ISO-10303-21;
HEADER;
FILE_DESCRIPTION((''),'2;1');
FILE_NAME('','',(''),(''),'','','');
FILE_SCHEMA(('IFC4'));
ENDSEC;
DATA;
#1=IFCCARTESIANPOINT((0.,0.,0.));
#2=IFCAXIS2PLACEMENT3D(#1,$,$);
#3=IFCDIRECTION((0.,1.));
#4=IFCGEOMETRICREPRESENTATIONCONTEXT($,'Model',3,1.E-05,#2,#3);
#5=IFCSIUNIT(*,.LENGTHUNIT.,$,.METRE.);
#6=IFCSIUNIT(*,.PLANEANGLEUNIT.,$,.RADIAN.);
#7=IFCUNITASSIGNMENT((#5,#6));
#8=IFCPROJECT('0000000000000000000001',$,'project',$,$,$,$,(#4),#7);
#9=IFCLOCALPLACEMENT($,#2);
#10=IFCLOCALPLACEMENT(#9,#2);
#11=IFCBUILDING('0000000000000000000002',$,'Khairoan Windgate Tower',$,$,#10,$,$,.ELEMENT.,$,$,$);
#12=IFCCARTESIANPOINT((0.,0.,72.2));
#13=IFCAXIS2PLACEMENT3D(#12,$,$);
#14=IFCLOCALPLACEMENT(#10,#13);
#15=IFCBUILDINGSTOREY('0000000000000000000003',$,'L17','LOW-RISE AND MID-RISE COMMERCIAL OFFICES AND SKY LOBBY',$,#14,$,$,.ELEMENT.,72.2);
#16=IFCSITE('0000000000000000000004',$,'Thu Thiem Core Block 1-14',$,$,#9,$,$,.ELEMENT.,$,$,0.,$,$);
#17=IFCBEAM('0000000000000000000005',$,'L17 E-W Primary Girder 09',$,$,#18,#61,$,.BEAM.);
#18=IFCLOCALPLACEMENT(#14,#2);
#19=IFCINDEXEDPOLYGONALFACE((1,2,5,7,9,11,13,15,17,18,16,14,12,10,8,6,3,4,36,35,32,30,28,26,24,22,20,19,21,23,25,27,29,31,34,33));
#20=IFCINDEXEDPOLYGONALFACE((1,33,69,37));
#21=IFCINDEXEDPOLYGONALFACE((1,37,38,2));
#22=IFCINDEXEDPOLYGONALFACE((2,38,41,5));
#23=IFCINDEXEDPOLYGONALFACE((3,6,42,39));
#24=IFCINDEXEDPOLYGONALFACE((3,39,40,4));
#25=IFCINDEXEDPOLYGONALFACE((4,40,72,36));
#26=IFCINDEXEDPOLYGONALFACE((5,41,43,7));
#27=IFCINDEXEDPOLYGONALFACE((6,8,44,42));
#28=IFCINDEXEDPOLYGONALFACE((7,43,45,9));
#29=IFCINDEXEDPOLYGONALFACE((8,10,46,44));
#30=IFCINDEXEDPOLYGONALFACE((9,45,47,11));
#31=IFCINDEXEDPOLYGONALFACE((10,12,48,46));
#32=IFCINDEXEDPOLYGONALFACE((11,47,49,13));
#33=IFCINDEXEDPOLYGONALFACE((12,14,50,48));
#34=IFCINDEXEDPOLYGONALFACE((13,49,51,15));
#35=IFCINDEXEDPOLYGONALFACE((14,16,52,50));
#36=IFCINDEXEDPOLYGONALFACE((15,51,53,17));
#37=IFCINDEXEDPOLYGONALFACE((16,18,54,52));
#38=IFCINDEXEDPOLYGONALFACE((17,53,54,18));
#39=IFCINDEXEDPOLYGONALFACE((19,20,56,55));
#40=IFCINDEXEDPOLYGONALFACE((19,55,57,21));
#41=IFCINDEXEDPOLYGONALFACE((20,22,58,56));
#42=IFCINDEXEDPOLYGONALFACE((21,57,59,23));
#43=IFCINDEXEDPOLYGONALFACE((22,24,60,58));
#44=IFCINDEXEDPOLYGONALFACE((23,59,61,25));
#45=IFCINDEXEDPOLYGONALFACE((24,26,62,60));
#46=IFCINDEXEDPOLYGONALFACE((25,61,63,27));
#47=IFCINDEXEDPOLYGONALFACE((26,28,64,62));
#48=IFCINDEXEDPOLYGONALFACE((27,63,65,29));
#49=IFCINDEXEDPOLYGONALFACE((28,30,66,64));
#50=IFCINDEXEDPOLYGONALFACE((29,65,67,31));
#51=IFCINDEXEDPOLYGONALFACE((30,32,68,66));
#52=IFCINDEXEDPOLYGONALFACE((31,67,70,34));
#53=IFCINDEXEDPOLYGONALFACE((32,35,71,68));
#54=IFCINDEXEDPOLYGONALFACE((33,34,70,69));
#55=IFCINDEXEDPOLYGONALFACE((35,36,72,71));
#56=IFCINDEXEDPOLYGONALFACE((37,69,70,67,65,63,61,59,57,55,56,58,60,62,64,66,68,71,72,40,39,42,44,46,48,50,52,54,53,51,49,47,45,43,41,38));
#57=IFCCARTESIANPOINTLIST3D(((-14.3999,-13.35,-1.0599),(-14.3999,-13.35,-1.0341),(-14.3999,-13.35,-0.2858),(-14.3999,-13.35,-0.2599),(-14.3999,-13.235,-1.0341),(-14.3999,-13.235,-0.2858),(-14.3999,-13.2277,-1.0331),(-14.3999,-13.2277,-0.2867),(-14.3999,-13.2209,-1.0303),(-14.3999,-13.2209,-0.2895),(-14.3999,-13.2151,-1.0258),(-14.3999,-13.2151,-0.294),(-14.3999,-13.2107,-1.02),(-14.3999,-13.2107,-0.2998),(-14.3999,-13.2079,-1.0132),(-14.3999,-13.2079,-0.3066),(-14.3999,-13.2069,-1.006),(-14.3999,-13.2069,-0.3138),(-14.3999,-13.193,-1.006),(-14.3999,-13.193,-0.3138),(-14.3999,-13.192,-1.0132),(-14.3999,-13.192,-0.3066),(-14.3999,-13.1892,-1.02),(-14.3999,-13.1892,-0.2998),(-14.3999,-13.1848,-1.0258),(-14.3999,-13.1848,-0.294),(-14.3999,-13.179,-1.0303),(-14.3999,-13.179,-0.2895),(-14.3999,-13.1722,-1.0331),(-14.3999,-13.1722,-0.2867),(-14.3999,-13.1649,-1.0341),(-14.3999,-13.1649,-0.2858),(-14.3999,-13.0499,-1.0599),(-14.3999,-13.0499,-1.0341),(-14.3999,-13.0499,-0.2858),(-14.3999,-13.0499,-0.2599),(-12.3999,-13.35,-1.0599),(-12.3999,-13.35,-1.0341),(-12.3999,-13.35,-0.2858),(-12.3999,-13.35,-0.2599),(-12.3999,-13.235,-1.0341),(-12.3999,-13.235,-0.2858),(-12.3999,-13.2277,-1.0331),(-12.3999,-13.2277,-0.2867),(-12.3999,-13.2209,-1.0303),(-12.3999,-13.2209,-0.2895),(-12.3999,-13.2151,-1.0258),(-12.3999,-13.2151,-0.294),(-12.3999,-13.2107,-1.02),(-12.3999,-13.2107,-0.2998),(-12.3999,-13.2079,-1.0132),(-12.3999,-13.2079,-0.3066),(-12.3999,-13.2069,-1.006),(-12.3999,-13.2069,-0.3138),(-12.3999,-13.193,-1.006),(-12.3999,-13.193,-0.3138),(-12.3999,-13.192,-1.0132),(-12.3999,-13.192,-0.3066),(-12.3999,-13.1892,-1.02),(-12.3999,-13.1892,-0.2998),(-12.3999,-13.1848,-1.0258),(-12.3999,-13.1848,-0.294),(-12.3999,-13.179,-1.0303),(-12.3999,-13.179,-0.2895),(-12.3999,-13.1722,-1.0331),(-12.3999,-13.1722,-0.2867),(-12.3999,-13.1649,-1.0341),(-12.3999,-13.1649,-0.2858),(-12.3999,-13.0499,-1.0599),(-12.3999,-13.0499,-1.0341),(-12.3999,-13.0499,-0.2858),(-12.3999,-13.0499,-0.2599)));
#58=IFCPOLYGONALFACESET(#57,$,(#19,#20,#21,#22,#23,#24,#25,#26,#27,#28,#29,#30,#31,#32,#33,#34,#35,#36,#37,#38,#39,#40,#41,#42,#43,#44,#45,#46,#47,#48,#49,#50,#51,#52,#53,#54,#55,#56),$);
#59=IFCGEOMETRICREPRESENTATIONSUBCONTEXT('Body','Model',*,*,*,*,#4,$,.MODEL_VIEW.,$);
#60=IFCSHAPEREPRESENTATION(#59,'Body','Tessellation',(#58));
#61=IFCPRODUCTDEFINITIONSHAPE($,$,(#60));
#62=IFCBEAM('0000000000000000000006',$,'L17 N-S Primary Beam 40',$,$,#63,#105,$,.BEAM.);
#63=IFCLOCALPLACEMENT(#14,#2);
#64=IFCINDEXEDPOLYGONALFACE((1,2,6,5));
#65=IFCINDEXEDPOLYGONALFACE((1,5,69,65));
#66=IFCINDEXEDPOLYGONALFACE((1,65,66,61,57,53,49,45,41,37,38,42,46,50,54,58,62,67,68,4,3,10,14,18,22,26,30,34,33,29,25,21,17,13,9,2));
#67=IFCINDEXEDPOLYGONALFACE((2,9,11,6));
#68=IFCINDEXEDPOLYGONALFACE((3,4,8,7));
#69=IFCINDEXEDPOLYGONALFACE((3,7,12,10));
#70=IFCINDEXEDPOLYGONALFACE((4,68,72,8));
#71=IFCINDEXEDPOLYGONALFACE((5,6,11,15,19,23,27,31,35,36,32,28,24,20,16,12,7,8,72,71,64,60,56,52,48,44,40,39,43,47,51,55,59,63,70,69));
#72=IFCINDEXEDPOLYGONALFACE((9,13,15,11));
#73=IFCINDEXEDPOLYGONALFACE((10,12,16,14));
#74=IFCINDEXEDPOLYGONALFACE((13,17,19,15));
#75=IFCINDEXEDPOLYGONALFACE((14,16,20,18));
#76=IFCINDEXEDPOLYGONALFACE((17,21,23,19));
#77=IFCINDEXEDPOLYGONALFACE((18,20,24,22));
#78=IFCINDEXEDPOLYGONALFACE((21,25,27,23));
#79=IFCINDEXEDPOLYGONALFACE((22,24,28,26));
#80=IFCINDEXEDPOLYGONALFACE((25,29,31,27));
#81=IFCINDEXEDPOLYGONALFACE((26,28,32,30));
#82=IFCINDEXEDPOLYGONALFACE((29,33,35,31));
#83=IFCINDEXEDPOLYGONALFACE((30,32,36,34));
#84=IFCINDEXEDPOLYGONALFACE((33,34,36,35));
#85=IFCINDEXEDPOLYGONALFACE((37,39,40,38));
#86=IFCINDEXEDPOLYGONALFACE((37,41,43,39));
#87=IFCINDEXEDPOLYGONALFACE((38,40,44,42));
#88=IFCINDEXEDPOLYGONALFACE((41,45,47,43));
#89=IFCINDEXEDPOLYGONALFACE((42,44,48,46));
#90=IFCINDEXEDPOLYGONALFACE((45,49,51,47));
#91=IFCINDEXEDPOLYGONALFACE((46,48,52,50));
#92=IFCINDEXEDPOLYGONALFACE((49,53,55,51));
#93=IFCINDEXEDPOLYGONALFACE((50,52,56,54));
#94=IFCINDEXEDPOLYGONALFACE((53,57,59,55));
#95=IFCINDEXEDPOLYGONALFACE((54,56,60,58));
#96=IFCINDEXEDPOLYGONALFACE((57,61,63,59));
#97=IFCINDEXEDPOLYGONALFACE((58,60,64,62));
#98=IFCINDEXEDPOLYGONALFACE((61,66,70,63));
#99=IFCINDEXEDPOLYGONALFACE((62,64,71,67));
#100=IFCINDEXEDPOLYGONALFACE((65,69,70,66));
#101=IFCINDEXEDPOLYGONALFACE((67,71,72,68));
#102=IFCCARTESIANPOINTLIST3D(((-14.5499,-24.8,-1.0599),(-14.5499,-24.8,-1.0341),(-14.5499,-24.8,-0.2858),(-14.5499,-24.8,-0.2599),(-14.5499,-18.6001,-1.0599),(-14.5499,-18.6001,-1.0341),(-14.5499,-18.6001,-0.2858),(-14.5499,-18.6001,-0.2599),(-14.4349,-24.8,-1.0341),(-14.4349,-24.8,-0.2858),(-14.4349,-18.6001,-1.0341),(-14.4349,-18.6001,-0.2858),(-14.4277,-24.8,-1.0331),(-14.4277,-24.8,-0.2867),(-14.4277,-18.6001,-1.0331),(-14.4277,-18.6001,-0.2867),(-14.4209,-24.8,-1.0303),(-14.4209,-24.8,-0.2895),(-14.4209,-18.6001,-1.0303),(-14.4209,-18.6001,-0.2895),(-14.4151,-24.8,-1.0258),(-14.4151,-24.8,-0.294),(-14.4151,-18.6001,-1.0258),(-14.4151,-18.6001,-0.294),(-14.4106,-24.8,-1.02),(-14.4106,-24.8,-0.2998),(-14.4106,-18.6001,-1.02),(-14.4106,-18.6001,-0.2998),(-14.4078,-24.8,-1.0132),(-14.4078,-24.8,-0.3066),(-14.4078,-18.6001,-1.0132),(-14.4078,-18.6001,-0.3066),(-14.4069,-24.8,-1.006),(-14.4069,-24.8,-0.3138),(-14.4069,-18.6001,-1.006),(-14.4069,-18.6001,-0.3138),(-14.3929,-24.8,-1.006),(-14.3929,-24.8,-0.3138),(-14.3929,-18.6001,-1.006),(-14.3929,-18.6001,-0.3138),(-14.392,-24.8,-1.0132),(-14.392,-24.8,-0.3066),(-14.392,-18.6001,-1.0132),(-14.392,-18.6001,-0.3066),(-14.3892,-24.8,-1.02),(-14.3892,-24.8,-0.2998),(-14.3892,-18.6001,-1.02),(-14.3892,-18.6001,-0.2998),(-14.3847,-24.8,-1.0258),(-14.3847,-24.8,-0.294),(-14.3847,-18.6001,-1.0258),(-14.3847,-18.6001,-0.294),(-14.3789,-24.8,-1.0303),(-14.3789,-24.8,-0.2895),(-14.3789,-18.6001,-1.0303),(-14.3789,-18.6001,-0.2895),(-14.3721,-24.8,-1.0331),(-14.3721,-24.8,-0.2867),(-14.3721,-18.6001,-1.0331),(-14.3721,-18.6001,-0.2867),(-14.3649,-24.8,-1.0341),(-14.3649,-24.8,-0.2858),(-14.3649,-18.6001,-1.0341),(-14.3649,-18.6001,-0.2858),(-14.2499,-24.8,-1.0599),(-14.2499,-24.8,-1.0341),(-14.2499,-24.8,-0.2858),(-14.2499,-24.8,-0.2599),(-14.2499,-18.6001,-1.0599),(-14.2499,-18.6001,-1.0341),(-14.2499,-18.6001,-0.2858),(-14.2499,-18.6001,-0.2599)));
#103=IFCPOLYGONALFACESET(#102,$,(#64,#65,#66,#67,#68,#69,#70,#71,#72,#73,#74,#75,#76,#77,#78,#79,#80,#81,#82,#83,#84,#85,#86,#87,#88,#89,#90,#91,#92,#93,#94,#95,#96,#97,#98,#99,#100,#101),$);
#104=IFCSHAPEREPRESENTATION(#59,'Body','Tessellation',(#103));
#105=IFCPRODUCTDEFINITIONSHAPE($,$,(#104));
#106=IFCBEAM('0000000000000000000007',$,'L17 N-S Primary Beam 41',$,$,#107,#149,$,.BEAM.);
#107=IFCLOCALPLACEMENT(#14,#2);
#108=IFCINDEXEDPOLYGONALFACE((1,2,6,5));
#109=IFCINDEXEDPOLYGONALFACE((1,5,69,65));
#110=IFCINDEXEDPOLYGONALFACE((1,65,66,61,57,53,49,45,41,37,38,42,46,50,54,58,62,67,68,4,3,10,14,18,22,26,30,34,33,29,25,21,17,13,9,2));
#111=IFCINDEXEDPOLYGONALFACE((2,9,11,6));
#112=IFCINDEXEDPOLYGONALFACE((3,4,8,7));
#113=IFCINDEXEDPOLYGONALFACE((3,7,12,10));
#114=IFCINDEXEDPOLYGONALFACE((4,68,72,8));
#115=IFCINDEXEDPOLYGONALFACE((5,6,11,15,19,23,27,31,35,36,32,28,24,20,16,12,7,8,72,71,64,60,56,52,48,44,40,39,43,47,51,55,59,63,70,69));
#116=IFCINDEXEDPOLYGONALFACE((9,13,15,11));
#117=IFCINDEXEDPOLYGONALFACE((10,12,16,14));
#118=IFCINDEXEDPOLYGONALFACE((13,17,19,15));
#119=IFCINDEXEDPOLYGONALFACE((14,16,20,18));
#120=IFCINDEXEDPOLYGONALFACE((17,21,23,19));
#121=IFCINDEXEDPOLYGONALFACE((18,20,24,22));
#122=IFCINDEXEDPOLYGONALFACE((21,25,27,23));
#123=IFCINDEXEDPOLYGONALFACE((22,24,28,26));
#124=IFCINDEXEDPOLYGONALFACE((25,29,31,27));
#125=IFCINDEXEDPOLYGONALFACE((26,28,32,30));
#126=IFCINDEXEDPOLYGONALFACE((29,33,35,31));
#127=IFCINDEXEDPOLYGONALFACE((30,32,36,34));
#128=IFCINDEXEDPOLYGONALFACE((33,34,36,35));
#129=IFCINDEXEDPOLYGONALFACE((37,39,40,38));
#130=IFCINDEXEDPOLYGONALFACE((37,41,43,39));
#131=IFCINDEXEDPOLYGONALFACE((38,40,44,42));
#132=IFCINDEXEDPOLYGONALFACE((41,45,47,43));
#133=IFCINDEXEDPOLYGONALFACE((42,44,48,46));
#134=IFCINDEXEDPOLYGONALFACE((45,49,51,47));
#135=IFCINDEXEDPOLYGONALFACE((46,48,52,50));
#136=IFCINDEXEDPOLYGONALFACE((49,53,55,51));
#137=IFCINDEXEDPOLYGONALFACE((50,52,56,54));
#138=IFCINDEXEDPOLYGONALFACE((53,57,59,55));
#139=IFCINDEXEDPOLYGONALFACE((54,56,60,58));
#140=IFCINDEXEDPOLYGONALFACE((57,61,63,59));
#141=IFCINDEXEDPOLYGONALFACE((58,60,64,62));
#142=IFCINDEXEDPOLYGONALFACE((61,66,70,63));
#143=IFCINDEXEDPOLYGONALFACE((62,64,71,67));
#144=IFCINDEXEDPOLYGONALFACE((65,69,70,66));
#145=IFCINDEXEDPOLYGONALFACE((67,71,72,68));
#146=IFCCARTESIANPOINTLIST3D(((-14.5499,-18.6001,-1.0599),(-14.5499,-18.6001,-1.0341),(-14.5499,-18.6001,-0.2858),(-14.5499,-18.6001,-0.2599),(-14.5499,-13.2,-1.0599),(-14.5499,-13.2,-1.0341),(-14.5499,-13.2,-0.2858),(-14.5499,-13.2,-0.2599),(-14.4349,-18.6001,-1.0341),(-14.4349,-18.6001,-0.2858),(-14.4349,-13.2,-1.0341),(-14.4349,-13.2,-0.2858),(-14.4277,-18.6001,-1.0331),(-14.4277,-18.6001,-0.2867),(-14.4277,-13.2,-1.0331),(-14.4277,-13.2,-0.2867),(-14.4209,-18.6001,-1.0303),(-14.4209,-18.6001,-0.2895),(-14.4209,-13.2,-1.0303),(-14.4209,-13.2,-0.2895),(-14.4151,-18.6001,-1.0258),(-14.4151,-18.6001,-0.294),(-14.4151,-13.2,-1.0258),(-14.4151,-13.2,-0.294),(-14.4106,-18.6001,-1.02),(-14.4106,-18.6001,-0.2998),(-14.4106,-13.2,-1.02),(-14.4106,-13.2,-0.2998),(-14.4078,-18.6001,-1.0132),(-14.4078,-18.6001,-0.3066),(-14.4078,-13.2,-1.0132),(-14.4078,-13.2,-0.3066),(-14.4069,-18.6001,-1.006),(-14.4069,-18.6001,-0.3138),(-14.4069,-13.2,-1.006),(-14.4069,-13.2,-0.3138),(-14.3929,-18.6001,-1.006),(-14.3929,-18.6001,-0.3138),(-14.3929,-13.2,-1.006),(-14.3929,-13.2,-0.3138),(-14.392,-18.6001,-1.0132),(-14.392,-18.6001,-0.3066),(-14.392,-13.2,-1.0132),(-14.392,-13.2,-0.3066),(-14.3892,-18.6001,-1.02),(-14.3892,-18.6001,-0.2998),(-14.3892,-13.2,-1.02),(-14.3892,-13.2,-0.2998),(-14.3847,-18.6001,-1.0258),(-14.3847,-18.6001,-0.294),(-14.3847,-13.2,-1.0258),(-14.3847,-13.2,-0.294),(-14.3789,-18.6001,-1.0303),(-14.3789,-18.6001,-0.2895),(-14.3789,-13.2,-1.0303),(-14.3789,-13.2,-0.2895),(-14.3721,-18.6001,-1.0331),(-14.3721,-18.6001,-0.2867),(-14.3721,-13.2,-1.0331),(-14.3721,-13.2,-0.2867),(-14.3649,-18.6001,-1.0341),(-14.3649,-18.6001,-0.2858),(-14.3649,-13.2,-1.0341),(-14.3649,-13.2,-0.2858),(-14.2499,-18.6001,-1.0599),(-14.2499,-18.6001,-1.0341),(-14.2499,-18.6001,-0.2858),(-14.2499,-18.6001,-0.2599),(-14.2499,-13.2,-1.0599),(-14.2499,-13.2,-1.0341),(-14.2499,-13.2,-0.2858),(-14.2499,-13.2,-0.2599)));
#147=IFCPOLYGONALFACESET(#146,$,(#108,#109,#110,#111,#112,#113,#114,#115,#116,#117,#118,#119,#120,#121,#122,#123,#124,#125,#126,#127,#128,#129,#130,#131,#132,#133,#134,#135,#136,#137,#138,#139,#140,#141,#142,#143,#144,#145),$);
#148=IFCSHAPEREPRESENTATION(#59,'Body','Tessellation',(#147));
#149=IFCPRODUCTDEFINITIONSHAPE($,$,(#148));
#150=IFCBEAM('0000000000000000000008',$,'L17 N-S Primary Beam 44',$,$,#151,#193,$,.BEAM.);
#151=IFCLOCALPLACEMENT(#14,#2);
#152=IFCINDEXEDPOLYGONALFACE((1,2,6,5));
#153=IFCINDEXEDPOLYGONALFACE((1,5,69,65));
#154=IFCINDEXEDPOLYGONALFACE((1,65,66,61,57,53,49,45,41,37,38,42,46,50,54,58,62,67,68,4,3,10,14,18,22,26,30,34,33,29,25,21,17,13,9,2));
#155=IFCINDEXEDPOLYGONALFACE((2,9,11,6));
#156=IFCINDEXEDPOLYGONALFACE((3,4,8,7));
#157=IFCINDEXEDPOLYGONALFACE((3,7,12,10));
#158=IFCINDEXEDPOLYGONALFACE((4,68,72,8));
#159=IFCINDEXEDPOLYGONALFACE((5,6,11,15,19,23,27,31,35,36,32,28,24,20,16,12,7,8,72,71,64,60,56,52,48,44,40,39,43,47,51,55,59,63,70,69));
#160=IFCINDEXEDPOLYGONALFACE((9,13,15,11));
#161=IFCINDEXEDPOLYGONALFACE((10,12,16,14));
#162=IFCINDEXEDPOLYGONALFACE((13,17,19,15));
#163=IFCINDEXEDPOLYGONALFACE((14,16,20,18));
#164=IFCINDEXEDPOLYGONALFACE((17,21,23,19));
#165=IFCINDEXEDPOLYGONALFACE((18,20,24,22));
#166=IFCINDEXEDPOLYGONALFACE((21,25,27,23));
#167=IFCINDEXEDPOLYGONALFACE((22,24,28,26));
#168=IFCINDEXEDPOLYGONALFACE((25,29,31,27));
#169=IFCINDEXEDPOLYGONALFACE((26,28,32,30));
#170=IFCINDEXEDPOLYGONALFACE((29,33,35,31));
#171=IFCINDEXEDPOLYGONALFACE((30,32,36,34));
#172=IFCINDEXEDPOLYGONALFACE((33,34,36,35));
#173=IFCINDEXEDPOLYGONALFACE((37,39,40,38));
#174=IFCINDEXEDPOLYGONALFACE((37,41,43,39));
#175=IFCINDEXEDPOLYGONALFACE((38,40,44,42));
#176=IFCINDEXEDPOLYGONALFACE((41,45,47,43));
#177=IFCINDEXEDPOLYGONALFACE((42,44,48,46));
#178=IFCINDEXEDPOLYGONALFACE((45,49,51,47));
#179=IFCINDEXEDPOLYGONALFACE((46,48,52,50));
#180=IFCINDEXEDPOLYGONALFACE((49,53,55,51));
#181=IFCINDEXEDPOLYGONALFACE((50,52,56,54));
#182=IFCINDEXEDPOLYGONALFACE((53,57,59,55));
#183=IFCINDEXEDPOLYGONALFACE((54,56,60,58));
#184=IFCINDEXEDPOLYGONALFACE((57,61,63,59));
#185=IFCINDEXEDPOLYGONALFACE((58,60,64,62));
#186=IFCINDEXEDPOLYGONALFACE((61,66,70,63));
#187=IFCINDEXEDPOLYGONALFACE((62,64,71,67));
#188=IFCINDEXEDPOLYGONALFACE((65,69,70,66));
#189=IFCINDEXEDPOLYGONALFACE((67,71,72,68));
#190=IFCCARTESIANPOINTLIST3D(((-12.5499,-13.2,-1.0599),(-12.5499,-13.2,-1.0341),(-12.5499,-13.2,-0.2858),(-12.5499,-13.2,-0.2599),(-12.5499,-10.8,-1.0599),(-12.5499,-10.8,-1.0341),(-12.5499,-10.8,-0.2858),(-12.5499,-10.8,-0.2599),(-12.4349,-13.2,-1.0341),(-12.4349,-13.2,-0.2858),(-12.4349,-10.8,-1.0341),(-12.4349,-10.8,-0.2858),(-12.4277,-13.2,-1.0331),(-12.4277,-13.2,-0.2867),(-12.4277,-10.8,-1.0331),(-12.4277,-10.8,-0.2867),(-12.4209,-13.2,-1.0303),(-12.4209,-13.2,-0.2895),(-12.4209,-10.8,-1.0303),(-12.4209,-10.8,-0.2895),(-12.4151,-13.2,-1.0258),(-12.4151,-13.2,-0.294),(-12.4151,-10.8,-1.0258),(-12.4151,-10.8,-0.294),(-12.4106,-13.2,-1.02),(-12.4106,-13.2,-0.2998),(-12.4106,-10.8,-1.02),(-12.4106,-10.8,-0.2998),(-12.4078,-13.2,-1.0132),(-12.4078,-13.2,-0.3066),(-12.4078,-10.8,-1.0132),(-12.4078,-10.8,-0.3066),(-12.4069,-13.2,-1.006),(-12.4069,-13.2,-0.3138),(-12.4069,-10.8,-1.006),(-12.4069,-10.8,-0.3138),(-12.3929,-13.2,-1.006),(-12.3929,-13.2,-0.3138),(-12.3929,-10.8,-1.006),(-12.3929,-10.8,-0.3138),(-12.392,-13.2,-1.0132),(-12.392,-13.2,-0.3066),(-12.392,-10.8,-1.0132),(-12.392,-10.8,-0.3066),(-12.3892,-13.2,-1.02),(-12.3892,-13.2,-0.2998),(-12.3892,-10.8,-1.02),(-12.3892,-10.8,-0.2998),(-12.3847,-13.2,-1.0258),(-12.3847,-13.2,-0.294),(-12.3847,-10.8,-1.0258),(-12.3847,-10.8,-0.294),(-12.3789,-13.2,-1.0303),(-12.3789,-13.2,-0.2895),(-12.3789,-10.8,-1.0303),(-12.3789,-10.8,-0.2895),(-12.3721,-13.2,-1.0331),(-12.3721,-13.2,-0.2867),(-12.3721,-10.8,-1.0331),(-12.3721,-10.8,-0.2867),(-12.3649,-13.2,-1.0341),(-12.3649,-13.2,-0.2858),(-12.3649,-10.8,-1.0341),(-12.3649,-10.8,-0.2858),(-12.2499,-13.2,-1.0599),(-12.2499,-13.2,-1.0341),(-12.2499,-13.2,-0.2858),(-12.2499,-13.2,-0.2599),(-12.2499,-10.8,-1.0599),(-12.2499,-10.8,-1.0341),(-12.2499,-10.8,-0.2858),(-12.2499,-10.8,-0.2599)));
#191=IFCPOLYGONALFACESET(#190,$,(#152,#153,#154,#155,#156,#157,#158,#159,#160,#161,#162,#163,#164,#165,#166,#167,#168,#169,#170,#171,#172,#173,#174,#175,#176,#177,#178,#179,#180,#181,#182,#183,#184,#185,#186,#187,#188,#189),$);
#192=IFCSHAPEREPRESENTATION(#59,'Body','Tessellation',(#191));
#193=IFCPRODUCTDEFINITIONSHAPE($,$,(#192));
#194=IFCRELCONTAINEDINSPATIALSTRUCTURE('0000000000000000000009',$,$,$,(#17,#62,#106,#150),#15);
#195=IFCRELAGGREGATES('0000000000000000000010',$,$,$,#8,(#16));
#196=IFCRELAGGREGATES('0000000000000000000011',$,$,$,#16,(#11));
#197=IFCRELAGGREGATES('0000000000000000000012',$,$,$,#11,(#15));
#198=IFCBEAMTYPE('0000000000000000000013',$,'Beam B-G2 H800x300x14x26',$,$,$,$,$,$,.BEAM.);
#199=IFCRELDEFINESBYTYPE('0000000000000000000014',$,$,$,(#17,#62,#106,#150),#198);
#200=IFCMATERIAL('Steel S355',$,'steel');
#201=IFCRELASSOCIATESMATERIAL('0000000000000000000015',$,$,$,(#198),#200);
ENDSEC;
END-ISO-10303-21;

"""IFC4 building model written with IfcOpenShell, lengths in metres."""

from ifc_helpers import new_model, si_unit, direction, frame, origin, origin_2d, place, context, subcontext, project, spatial, i_section, extrude, material, material_profile, profile_set, type_object, element, save


model = new_model("IFC4")

# Units and contexts
model_context = context("Model", 3, precision=1e-05, world=origin(), true_north=direction((0.0, 1.0)))
body_context = subcontext(model_context, "Body", "Model", "MODEL_VIEW")
ifc_project = project(units=[si_unit("LENGTHUNIT", "METRE"), si_unit("PLANEANGLEUNIT", "RADIAN")], contexts=[model_context])

# Site, building, storey
site_placement = place(None, origin())
site = spatial("IfcSite", under=ifc_project, at=site_placement, Name="Thu Thiem Core Block 1-14", CompositionType="ELEMENT", RefElevation=0.0)
building_placement = place(site_placement, origin())
building = spatial("IfcBuilding", under=site, at=building_placement, Name="Khairoan Windgate Tower", CompositionType="ELEMENT")
storey_placement = place(building_placement, frame((0.0, 0.0, 72.2)))
storey = spatial("IfcBuildingStorey", under=building, at=storey_placement, Name="L17", Description="LOW-RISE AND MID-RISE COMMERCIAL OFFICES AND SKY LOBBY", CompositionType="ELEMENT", Elevation=72.2)

# Beams
ifc_material_1 = material(Name="Steel S355", Category="steel")
ifc_material_profile_1 = material_profile(ifc_material_1, i_section(OverallWidth=0.3, OverallDepth=0.8, WebThickness=0.0139, FlangeThickness=0.0259, FilletRadius=0.0281, at=origin_2d()))
ifc_profile_set_1 = profile_set([ifc_material_profile_1], Name="Steel S355")
beam_type_1 = type_object("IfcBeamType", Name="Beam B-G2 H800x300x14x26", PredefinedType="BEAM", material=ifc_profile_set_1)
beam_1_placement = place(storey_placement, frame((-14.3999, -13.2, -0.6599), z_axis=(1.0, 0.0, 0.0), x_axis=(0.0, 1.0, 0.0)))
element("IfcBeam", 1, at=beam_1_placement, inside=storey, type_object=beam_type_1, Name="L17 E-W Primary Girder 09", PredefinedType="BEAM", context=body_context, shape_type="SweptSolid", body=[
    extrude(i_section(OverallWidth=0.3, OverallDepth=0.8, WebThickness=0.0139, FlangeThickness=0.0259, FilletRadius=0.0281, at=origin_2d()), origin(), (0.0, 0.0, 1.0), 2.0),
])
beam_2_placement = place(storey_placement, frame((-14.3999, -24.8, -0.6599), z_axis=(0.0, 1.0, 0.0), x_axis=(-1.0, 0.0, 0.0)))
element("IfcBeam", 2, at=beam_2_placement, inside=storey, type_object=beam_type_1, Name="L17 N-S Primary Beam 40", PredefinedType="BEAM", context=body_context, shape_type="SweptSolid", body=[
    extrude(i_section(OverallWidth=0.3, OverallDepth=0.8, WebThickness=0.0139, FlangeThickness=0.0259, FilletRadius=0.0281, at=origin_2d()), origin(), (0.0, 0.0, 1.0), 6.2),
])
beam_3_placement = place(storey_placement, frame((-14.3999, -18.6001, -0.6599), z_axis=(0.0, 1.0, 0.0), x_axis=(-1.0, 0.0, 0.0)))
element("IfcBeam", 3, at=beam_3_placement, inside=storey, type_object=beam_type_1, Name="L17 N-S Primary Beam 41", PredefinedType="BEAM", context=body_context, shape_type="SweptSolid", body=[
    extrude(i_section(OverallWidth=0.3, OverallDepth=0.8, WebThickness=0.0139, FlangeThickness=0.0259, FilletRadius=0.0281, at=origin_2d()), origin(), (0.0, 0.0, 1.0), 5.4001),
])
beam_4_placement = place(storey_placement, frame((-12.3999, -13.2, -0.6599), z_axis=(0.0, 1.0, 0.0), x_axis=(-1.0, 0.0, 0.0)))
element("IfcBeam", 4, at=beam_4_placement, inside=storey, type_object=beam_type_1, Name="L17 N-S Primary Beam 44", PredefinedType="BEAM", context=body_context, shape_type="SweptSolid", body=[
    extrude(i_section(OverallWidth=0.3, OverallDepth=0.8, WebThickness=0.0139, FlangeThickness=0.0259, FilletRadius=0.0281, at=origin_2d()), origin(), (0.0, 0.0, 1.0), 2.3999),
])

save(model, "model.ifc")
